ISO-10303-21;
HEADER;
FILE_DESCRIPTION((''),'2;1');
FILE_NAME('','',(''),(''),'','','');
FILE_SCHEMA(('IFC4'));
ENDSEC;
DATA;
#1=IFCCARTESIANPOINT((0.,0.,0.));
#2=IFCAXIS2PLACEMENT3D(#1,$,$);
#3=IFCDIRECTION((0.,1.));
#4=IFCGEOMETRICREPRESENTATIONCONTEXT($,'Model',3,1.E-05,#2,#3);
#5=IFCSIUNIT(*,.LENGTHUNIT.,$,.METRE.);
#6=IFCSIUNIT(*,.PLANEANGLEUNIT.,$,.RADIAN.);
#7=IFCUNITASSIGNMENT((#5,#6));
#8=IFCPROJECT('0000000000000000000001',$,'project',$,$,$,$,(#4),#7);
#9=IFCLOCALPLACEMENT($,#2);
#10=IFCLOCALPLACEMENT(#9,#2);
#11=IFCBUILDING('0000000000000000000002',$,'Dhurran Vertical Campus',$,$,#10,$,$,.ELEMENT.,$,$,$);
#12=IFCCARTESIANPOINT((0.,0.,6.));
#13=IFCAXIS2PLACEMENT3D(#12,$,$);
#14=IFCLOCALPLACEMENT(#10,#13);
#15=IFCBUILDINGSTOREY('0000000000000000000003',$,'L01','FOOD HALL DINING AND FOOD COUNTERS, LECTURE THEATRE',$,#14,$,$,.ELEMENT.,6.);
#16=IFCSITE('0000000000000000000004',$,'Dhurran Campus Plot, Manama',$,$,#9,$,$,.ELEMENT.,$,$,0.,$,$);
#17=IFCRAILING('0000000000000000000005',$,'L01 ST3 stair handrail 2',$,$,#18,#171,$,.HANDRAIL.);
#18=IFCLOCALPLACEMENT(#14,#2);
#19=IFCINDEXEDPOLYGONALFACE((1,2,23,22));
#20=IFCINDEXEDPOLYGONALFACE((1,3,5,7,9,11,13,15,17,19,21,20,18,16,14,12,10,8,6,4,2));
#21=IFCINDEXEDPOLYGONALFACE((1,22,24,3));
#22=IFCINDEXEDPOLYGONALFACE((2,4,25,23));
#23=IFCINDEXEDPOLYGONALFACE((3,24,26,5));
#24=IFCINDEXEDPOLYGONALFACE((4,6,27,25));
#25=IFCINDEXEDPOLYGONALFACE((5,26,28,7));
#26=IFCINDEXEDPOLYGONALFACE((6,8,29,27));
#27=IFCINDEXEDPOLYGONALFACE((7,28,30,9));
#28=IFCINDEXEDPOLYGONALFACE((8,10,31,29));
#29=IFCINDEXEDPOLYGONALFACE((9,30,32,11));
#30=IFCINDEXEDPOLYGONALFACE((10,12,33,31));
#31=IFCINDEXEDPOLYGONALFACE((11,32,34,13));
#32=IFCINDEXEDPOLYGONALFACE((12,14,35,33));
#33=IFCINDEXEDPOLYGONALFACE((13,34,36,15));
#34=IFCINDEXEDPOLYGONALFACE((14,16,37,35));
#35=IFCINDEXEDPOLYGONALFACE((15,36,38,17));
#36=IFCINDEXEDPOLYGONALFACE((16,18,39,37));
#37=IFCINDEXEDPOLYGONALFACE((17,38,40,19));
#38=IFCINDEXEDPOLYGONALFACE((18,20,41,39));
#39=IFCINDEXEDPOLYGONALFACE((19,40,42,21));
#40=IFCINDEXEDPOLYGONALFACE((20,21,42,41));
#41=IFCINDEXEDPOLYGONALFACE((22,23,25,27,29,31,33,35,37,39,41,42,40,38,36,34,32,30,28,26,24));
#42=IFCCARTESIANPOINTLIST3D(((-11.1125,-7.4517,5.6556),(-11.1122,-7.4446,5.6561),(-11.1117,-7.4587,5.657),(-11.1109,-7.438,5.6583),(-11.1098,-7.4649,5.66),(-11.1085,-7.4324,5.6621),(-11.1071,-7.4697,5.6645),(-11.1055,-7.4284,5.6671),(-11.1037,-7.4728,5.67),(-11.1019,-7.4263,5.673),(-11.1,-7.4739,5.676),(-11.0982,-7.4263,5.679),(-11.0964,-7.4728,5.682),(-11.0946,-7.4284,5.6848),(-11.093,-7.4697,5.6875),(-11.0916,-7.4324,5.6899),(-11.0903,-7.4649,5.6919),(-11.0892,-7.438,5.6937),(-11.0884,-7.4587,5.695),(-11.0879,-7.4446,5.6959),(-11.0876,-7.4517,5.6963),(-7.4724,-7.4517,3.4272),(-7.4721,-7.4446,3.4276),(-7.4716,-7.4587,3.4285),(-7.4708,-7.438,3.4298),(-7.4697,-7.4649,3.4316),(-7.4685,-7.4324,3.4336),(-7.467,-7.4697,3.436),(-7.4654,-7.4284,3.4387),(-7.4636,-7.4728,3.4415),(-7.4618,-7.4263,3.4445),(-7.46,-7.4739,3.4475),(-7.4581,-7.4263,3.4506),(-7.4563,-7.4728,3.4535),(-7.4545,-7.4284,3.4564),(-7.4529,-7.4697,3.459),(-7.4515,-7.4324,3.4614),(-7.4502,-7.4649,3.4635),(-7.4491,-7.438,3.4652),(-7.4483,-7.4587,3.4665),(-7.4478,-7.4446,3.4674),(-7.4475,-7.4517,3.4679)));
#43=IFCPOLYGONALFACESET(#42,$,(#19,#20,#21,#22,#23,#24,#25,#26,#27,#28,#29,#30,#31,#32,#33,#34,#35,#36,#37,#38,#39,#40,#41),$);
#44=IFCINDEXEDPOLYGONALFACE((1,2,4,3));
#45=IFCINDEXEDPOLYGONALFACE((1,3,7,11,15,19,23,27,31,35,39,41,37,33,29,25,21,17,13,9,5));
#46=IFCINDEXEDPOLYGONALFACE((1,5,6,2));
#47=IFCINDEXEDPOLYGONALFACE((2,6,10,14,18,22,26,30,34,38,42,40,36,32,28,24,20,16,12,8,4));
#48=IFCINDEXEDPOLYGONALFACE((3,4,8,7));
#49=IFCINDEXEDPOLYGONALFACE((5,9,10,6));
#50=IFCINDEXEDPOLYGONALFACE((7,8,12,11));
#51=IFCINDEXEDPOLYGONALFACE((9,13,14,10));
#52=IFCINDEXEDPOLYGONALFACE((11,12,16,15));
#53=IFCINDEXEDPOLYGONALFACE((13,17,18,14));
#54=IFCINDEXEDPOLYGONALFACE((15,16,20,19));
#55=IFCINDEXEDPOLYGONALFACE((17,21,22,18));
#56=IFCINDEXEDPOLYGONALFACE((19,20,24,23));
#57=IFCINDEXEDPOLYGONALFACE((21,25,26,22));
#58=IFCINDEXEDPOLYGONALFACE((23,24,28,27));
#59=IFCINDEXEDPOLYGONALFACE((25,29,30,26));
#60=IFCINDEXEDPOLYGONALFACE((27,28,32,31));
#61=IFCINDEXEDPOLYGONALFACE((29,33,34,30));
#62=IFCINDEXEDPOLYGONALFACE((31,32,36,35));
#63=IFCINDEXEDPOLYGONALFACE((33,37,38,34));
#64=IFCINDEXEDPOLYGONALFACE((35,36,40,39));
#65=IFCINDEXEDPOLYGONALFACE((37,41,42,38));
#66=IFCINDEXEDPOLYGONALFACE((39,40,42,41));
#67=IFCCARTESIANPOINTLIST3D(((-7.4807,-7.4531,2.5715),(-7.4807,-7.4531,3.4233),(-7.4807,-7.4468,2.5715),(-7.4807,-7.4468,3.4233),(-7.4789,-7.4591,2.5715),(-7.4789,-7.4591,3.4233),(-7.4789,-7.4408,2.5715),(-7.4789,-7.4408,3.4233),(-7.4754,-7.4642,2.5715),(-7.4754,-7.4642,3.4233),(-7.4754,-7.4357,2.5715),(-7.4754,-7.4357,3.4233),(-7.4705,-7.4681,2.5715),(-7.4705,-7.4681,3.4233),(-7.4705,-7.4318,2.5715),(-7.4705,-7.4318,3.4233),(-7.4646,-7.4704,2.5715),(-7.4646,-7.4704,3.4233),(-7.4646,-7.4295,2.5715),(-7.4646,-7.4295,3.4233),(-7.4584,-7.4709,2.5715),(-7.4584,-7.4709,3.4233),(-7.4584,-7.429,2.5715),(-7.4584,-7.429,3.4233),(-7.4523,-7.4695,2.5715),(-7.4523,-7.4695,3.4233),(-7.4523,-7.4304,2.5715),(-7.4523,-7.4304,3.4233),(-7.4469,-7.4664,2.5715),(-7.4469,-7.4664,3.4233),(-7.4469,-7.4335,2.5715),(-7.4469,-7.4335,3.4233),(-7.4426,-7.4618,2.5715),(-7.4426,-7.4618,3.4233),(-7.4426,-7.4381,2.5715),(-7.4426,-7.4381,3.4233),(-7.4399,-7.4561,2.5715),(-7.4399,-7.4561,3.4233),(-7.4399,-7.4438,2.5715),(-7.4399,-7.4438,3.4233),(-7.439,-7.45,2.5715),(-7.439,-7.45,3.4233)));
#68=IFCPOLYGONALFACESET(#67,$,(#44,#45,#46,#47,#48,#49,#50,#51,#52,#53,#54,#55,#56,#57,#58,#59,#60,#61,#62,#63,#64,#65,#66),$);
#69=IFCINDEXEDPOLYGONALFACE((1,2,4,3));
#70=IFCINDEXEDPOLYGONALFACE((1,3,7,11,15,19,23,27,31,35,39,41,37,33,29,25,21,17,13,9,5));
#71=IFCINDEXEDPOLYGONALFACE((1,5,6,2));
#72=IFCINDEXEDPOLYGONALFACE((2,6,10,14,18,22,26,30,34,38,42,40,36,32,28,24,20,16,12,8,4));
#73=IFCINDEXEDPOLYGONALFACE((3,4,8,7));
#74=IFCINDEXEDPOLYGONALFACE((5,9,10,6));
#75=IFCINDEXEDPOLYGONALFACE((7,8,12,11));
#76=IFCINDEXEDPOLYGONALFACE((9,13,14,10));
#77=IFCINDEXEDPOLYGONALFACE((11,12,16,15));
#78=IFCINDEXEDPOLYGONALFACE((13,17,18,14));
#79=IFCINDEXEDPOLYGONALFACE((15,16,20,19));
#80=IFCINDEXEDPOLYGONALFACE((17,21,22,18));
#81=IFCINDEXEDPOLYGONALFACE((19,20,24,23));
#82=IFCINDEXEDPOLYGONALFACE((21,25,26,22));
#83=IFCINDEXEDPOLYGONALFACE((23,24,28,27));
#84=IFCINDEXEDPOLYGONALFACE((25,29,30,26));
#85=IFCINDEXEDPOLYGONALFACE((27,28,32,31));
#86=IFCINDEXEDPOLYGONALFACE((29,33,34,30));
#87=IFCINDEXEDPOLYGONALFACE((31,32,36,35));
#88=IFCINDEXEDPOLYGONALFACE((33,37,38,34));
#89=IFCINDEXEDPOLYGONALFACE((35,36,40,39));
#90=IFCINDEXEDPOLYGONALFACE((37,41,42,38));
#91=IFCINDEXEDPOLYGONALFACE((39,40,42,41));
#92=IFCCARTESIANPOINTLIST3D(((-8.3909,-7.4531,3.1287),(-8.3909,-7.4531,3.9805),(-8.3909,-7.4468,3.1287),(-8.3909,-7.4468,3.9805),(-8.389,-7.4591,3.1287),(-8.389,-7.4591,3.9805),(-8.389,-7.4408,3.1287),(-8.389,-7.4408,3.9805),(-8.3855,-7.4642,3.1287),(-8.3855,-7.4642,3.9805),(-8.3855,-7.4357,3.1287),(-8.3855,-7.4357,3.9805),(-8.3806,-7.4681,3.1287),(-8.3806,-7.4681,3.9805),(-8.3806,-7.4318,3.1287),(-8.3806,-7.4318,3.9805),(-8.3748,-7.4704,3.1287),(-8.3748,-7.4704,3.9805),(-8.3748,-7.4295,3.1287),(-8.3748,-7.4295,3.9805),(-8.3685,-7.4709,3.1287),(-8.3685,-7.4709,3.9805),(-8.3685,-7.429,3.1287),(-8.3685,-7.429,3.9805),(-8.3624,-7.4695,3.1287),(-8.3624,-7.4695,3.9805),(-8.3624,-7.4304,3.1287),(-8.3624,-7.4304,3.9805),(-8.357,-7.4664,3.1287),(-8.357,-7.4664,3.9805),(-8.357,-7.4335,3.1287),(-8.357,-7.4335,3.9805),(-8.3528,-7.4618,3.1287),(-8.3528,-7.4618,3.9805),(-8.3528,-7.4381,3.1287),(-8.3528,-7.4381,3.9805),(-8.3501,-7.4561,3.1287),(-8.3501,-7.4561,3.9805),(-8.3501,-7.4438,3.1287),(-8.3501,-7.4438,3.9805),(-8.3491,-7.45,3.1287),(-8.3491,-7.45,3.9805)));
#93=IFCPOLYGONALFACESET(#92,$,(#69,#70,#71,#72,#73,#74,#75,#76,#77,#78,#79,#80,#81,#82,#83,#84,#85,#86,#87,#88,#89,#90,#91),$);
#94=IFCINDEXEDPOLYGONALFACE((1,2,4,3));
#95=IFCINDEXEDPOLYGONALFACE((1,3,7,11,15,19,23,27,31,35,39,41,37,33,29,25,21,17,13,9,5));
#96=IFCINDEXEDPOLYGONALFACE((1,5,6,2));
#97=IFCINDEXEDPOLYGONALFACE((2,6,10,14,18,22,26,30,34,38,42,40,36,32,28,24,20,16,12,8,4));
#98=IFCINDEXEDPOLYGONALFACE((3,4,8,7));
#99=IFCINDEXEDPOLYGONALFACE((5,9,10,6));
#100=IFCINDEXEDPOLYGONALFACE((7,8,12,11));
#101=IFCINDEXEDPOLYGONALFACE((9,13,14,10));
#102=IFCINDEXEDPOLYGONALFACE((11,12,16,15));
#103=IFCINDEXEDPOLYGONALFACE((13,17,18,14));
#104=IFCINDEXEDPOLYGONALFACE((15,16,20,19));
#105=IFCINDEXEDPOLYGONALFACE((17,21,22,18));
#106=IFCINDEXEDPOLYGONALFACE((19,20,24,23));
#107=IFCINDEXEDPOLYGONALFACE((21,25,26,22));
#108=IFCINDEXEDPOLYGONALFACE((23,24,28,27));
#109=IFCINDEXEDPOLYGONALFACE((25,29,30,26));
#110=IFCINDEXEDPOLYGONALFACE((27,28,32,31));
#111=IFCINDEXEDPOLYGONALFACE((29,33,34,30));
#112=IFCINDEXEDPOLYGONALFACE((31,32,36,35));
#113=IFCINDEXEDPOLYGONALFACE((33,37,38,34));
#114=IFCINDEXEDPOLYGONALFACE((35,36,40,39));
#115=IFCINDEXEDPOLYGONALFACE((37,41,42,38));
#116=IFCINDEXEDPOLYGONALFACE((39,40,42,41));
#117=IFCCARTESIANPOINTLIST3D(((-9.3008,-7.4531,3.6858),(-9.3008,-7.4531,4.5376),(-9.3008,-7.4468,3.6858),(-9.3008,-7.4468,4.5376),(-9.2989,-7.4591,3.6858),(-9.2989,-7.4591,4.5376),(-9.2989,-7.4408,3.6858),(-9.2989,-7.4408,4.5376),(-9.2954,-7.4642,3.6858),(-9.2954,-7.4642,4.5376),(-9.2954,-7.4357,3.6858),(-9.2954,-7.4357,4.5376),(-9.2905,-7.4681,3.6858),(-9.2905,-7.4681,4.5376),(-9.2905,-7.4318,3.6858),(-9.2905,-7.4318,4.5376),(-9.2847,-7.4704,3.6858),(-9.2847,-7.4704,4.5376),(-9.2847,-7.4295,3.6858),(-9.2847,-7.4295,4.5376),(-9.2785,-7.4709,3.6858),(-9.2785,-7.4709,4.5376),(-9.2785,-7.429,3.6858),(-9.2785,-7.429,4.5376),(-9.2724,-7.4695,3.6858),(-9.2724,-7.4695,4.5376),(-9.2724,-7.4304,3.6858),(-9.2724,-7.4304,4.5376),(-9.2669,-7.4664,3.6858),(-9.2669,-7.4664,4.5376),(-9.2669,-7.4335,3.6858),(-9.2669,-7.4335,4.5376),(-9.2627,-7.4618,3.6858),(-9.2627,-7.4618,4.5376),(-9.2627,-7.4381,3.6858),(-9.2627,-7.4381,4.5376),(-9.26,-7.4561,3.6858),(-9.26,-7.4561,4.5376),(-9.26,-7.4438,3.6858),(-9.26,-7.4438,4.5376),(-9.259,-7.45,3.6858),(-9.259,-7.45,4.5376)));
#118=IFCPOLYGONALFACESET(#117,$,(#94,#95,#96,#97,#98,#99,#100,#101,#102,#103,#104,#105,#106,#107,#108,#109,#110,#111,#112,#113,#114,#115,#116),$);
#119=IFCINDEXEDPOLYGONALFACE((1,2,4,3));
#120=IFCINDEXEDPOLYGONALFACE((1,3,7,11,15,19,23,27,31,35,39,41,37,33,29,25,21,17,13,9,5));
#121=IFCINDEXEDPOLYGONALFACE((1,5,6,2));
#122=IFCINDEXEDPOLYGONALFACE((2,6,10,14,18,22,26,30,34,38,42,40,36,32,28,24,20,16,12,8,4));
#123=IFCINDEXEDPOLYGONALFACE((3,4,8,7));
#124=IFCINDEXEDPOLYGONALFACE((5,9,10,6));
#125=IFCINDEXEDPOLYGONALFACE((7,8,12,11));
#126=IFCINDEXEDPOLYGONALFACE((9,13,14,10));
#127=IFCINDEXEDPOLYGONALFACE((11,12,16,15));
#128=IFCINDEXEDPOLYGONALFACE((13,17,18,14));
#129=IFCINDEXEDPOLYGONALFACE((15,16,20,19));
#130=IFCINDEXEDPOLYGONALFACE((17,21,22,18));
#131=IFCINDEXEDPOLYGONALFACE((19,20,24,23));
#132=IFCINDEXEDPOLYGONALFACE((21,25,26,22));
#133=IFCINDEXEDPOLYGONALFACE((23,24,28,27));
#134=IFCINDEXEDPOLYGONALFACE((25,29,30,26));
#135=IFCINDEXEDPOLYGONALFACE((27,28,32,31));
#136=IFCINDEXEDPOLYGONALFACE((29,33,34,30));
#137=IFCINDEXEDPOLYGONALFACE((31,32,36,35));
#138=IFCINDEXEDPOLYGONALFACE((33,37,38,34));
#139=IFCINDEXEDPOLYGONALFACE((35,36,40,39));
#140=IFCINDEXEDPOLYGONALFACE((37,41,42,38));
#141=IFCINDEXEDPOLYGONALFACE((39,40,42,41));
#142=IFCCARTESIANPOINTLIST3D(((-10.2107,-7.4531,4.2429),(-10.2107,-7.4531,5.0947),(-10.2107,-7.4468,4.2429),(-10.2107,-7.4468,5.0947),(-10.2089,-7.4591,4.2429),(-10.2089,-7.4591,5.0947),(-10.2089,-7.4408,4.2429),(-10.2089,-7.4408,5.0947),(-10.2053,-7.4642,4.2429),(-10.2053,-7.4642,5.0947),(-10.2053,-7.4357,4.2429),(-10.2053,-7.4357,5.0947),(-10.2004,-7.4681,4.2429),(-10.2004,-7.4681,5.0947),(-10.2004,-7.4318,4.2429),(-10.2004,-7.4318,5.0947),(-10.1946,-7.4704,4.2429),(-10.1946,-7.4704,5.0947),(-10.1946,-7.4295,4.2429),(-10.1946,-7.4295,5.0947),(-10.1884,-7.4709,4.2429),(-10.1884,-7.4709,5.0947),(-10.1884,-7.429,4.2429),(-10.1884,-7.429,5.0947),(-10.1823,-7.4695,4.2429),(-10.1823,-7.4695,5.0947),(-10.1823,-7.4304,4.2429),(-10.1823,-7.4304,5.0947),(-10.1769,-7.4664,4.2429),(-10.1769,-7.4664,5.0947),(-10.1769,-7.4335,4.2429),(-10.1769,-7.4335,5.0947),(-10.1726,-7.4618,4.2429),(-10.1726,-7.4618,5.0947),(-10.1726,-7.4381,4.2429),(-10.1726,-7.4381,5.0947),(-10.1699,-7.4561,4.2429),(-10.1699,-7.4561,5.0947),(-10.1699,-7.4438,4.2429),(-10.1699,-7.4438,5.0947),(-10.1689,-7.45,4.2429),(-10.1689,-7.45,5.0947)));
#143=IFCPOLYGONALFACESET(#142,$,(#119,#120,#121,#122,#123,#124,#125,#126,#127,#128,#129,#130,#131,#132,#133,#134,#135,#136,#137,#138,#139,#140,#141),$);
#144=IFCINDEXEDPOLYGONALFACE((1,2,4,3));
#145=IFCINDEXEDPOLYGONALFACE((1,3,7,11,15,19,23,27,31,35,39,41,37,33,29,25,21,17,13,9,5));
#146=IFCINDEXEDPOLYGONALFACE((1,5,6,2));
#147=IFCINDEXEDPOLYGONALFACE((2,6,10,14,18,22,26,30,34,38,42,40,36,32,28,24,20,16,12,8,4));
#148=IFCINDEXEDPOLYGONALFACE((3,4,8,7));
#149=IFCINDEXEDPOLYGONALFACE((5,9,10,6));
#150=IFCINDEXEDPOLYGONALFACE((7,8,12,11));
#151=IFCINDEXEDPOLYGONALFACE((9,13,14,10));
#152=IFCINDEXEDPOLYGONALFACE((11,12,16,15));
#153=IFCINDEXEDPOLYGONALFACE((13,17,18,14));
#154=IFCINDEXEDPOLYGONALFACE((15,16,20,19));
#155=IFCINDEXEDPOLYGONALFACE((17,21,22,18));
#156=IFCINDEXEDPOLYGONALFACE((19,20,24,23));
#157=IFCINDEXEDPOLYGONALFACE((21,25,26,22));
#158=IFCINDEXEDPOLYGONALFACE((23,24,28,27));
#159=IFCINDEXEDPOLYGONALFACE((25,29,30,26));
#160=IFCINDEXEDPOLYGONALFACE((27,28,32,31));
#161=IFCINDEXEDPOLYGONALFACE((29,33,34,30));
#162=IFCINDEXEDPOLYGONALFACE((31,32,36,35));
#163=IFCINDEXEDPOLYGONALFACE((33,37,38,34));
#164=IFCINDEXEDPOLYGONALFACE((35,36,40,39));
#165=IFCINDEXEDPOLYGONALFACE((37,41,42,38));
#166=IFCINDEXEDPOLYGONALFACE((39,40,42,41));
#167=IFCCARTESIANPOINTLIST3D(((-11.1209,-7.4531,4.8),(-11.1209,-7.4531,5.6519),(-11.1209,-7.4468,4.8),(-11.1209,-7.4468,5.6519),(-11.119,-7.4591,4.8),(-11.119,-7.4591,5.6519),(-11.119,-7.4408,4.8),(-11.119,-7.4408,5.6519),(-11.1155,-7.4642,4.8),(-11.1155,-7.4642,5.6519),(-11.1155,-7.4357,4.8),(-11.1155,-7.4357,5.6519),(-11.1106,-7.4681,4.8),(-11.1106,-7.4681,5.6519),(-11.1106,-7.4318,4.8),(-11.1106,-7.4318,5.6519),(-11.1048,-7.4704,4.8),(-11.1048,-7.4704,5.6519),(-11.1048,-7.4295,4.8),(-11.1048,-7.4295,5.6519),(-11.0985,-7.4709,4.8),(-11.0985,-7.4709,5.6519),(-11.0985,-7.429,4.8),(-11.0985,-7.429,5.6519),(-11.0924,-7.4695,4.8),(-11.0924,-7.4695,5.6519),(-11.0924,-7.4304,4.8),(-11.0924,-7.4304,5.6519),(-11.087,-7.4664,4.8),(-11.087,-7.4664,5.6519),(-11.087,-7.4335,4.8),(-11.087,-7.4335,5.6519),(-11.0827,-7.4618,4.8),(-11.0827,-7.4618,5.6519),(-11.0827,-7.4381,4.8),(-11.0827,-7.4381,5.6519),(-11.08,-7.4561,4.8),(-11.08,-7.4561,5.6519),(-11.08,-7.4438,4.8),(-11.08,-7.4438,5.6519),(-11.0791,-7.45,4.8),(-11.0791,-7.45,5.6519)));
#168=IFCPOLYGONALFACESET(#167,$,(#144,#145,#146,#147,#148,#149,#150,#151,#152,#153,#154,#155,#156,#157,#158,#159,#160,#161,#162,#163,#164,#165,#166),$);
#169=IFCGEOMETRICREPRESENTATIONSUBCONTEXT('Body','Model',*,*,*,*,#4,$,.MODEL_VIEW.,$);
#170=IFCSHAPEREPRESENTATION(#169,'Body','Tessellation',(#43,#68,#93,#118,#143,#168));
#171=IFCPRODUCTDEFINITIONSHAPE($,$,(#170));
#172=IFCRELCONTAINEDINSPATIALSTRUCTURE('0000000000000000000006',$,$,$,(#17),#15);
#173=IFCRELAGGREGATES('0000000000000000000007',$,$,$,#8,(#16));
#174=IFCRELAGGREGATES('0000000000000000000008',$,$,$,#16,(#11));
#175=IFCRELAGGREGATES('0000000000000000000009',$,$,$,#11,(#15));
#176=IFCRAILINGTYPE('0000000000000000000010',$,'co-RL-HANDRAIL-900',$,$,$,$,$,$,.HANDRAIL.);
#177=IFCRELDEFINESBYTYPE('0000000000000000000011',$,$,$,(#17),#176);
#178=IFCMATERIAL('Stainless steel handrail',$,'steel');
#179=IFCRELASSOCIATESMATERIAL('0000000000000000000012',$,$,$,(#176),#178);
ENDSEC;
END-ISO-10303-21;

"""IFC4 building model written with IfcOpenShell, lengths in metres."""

from ifc_helpers import new_model, si_unit, direction, frame, origin, origin_2d, place, context, subcontext, project, spatial, circle, extrude, material, type_object, element, save


model = new_model("IFC4")

# Units and contexts
model_context = context("Model", 3, precision=1e-05, world=origin(), true_north=direction((0.0, 1.0)))
body_context = subcontext(model_context, "Body", "Model", "MODEL_VIEW")
ifc_project = project(units=[si_unit("LENGTHUNIT", "METRE"), si_unit("PLANEANGLEUNIT", "RADIAN")], contexts=[model_context])

# Site, building, storey
site_placement = place(None, origin())
site = spatial("IfcSite", under=ifc_project, at=site_placement, Name="Dhurran Campus Plot, Manama", CompositionType="ELEMENT", RefElevation=0.0)
building_placement = place(site_placement, origin())
building = spatial("IfcBuilding", under=site, at=building_placement, Name="Dhurran Vertical Campus", CompositionType="ELEMENT")
storey_placement = place(building_placement, frame((0.0, 0.0, 6.0)))
storey = spatial("IfcBuildingStorey", under=building, at=storey_placement, Name="L01", Description="FOOD HALL DINING AND FOOD COUNTERS, LECTURE THEATRE", CompositionType="ELEMENT", Elevation=6.0)

# Railing
ifc_material_1 = material(Name="Stainless steel handrail", Category="steel")
railing_type_1 = type_object("IfcRailingType", Name="co-RL-HANDRAIL-900", PredefinedType="HANDRAIL", material=ifc_material_1)
railing_1_placement = place(storey_placement, frame((-7.46, -7.45, 2.5715)))
element("IfcRailing", 1, at=railing_1_placement, inside=storey, type_object=railing_type_1, Name="L01 ST3 stair handrail 2", PredefinedType="HANDRAIL", context=body_context, shape_type="SweptSolid", body=[
    extrude(circle(Radius=0.0239, at=origin_2d()), frame((0.0, 0.0, 0.876), z_axis=(-0.852866, 0.0, 0.52213), x_axis=(0.0, -1.0, 0.0)), (0.0, 0.0, 1.0), 4.2681),
    extrude(circle(Radius=0.021, at=origin_2d()), origin(), (0.0, 0.0, 1.0), 0.8518),
    extrude(circle(Radius=0.021, at=origin_2d()), frame((-0.9102, 0.0, 0.5571)), (0.0, 0.0, 1.0), 0.8518),
    extrude(circle(Radius=0.021, at=origin_2d()), frame((-1.8201, 0.0, 1.1143)), (0.0, 0.0, 1.0), 0.8518),
    extrude(circle(Radius=0.021, at=origin_2d()), frame((-2.73, 0.0, 1.6714)), (0.0, 0.0, 1.0), 0.8518),
    extrude(circle(Radius=0.021, at=origin_2d()), frame((-3.6401, 0.0, 2.2285)), (0.0, 0.0, 1.0), 0.8518),
])

save(model, "model.ifc")
